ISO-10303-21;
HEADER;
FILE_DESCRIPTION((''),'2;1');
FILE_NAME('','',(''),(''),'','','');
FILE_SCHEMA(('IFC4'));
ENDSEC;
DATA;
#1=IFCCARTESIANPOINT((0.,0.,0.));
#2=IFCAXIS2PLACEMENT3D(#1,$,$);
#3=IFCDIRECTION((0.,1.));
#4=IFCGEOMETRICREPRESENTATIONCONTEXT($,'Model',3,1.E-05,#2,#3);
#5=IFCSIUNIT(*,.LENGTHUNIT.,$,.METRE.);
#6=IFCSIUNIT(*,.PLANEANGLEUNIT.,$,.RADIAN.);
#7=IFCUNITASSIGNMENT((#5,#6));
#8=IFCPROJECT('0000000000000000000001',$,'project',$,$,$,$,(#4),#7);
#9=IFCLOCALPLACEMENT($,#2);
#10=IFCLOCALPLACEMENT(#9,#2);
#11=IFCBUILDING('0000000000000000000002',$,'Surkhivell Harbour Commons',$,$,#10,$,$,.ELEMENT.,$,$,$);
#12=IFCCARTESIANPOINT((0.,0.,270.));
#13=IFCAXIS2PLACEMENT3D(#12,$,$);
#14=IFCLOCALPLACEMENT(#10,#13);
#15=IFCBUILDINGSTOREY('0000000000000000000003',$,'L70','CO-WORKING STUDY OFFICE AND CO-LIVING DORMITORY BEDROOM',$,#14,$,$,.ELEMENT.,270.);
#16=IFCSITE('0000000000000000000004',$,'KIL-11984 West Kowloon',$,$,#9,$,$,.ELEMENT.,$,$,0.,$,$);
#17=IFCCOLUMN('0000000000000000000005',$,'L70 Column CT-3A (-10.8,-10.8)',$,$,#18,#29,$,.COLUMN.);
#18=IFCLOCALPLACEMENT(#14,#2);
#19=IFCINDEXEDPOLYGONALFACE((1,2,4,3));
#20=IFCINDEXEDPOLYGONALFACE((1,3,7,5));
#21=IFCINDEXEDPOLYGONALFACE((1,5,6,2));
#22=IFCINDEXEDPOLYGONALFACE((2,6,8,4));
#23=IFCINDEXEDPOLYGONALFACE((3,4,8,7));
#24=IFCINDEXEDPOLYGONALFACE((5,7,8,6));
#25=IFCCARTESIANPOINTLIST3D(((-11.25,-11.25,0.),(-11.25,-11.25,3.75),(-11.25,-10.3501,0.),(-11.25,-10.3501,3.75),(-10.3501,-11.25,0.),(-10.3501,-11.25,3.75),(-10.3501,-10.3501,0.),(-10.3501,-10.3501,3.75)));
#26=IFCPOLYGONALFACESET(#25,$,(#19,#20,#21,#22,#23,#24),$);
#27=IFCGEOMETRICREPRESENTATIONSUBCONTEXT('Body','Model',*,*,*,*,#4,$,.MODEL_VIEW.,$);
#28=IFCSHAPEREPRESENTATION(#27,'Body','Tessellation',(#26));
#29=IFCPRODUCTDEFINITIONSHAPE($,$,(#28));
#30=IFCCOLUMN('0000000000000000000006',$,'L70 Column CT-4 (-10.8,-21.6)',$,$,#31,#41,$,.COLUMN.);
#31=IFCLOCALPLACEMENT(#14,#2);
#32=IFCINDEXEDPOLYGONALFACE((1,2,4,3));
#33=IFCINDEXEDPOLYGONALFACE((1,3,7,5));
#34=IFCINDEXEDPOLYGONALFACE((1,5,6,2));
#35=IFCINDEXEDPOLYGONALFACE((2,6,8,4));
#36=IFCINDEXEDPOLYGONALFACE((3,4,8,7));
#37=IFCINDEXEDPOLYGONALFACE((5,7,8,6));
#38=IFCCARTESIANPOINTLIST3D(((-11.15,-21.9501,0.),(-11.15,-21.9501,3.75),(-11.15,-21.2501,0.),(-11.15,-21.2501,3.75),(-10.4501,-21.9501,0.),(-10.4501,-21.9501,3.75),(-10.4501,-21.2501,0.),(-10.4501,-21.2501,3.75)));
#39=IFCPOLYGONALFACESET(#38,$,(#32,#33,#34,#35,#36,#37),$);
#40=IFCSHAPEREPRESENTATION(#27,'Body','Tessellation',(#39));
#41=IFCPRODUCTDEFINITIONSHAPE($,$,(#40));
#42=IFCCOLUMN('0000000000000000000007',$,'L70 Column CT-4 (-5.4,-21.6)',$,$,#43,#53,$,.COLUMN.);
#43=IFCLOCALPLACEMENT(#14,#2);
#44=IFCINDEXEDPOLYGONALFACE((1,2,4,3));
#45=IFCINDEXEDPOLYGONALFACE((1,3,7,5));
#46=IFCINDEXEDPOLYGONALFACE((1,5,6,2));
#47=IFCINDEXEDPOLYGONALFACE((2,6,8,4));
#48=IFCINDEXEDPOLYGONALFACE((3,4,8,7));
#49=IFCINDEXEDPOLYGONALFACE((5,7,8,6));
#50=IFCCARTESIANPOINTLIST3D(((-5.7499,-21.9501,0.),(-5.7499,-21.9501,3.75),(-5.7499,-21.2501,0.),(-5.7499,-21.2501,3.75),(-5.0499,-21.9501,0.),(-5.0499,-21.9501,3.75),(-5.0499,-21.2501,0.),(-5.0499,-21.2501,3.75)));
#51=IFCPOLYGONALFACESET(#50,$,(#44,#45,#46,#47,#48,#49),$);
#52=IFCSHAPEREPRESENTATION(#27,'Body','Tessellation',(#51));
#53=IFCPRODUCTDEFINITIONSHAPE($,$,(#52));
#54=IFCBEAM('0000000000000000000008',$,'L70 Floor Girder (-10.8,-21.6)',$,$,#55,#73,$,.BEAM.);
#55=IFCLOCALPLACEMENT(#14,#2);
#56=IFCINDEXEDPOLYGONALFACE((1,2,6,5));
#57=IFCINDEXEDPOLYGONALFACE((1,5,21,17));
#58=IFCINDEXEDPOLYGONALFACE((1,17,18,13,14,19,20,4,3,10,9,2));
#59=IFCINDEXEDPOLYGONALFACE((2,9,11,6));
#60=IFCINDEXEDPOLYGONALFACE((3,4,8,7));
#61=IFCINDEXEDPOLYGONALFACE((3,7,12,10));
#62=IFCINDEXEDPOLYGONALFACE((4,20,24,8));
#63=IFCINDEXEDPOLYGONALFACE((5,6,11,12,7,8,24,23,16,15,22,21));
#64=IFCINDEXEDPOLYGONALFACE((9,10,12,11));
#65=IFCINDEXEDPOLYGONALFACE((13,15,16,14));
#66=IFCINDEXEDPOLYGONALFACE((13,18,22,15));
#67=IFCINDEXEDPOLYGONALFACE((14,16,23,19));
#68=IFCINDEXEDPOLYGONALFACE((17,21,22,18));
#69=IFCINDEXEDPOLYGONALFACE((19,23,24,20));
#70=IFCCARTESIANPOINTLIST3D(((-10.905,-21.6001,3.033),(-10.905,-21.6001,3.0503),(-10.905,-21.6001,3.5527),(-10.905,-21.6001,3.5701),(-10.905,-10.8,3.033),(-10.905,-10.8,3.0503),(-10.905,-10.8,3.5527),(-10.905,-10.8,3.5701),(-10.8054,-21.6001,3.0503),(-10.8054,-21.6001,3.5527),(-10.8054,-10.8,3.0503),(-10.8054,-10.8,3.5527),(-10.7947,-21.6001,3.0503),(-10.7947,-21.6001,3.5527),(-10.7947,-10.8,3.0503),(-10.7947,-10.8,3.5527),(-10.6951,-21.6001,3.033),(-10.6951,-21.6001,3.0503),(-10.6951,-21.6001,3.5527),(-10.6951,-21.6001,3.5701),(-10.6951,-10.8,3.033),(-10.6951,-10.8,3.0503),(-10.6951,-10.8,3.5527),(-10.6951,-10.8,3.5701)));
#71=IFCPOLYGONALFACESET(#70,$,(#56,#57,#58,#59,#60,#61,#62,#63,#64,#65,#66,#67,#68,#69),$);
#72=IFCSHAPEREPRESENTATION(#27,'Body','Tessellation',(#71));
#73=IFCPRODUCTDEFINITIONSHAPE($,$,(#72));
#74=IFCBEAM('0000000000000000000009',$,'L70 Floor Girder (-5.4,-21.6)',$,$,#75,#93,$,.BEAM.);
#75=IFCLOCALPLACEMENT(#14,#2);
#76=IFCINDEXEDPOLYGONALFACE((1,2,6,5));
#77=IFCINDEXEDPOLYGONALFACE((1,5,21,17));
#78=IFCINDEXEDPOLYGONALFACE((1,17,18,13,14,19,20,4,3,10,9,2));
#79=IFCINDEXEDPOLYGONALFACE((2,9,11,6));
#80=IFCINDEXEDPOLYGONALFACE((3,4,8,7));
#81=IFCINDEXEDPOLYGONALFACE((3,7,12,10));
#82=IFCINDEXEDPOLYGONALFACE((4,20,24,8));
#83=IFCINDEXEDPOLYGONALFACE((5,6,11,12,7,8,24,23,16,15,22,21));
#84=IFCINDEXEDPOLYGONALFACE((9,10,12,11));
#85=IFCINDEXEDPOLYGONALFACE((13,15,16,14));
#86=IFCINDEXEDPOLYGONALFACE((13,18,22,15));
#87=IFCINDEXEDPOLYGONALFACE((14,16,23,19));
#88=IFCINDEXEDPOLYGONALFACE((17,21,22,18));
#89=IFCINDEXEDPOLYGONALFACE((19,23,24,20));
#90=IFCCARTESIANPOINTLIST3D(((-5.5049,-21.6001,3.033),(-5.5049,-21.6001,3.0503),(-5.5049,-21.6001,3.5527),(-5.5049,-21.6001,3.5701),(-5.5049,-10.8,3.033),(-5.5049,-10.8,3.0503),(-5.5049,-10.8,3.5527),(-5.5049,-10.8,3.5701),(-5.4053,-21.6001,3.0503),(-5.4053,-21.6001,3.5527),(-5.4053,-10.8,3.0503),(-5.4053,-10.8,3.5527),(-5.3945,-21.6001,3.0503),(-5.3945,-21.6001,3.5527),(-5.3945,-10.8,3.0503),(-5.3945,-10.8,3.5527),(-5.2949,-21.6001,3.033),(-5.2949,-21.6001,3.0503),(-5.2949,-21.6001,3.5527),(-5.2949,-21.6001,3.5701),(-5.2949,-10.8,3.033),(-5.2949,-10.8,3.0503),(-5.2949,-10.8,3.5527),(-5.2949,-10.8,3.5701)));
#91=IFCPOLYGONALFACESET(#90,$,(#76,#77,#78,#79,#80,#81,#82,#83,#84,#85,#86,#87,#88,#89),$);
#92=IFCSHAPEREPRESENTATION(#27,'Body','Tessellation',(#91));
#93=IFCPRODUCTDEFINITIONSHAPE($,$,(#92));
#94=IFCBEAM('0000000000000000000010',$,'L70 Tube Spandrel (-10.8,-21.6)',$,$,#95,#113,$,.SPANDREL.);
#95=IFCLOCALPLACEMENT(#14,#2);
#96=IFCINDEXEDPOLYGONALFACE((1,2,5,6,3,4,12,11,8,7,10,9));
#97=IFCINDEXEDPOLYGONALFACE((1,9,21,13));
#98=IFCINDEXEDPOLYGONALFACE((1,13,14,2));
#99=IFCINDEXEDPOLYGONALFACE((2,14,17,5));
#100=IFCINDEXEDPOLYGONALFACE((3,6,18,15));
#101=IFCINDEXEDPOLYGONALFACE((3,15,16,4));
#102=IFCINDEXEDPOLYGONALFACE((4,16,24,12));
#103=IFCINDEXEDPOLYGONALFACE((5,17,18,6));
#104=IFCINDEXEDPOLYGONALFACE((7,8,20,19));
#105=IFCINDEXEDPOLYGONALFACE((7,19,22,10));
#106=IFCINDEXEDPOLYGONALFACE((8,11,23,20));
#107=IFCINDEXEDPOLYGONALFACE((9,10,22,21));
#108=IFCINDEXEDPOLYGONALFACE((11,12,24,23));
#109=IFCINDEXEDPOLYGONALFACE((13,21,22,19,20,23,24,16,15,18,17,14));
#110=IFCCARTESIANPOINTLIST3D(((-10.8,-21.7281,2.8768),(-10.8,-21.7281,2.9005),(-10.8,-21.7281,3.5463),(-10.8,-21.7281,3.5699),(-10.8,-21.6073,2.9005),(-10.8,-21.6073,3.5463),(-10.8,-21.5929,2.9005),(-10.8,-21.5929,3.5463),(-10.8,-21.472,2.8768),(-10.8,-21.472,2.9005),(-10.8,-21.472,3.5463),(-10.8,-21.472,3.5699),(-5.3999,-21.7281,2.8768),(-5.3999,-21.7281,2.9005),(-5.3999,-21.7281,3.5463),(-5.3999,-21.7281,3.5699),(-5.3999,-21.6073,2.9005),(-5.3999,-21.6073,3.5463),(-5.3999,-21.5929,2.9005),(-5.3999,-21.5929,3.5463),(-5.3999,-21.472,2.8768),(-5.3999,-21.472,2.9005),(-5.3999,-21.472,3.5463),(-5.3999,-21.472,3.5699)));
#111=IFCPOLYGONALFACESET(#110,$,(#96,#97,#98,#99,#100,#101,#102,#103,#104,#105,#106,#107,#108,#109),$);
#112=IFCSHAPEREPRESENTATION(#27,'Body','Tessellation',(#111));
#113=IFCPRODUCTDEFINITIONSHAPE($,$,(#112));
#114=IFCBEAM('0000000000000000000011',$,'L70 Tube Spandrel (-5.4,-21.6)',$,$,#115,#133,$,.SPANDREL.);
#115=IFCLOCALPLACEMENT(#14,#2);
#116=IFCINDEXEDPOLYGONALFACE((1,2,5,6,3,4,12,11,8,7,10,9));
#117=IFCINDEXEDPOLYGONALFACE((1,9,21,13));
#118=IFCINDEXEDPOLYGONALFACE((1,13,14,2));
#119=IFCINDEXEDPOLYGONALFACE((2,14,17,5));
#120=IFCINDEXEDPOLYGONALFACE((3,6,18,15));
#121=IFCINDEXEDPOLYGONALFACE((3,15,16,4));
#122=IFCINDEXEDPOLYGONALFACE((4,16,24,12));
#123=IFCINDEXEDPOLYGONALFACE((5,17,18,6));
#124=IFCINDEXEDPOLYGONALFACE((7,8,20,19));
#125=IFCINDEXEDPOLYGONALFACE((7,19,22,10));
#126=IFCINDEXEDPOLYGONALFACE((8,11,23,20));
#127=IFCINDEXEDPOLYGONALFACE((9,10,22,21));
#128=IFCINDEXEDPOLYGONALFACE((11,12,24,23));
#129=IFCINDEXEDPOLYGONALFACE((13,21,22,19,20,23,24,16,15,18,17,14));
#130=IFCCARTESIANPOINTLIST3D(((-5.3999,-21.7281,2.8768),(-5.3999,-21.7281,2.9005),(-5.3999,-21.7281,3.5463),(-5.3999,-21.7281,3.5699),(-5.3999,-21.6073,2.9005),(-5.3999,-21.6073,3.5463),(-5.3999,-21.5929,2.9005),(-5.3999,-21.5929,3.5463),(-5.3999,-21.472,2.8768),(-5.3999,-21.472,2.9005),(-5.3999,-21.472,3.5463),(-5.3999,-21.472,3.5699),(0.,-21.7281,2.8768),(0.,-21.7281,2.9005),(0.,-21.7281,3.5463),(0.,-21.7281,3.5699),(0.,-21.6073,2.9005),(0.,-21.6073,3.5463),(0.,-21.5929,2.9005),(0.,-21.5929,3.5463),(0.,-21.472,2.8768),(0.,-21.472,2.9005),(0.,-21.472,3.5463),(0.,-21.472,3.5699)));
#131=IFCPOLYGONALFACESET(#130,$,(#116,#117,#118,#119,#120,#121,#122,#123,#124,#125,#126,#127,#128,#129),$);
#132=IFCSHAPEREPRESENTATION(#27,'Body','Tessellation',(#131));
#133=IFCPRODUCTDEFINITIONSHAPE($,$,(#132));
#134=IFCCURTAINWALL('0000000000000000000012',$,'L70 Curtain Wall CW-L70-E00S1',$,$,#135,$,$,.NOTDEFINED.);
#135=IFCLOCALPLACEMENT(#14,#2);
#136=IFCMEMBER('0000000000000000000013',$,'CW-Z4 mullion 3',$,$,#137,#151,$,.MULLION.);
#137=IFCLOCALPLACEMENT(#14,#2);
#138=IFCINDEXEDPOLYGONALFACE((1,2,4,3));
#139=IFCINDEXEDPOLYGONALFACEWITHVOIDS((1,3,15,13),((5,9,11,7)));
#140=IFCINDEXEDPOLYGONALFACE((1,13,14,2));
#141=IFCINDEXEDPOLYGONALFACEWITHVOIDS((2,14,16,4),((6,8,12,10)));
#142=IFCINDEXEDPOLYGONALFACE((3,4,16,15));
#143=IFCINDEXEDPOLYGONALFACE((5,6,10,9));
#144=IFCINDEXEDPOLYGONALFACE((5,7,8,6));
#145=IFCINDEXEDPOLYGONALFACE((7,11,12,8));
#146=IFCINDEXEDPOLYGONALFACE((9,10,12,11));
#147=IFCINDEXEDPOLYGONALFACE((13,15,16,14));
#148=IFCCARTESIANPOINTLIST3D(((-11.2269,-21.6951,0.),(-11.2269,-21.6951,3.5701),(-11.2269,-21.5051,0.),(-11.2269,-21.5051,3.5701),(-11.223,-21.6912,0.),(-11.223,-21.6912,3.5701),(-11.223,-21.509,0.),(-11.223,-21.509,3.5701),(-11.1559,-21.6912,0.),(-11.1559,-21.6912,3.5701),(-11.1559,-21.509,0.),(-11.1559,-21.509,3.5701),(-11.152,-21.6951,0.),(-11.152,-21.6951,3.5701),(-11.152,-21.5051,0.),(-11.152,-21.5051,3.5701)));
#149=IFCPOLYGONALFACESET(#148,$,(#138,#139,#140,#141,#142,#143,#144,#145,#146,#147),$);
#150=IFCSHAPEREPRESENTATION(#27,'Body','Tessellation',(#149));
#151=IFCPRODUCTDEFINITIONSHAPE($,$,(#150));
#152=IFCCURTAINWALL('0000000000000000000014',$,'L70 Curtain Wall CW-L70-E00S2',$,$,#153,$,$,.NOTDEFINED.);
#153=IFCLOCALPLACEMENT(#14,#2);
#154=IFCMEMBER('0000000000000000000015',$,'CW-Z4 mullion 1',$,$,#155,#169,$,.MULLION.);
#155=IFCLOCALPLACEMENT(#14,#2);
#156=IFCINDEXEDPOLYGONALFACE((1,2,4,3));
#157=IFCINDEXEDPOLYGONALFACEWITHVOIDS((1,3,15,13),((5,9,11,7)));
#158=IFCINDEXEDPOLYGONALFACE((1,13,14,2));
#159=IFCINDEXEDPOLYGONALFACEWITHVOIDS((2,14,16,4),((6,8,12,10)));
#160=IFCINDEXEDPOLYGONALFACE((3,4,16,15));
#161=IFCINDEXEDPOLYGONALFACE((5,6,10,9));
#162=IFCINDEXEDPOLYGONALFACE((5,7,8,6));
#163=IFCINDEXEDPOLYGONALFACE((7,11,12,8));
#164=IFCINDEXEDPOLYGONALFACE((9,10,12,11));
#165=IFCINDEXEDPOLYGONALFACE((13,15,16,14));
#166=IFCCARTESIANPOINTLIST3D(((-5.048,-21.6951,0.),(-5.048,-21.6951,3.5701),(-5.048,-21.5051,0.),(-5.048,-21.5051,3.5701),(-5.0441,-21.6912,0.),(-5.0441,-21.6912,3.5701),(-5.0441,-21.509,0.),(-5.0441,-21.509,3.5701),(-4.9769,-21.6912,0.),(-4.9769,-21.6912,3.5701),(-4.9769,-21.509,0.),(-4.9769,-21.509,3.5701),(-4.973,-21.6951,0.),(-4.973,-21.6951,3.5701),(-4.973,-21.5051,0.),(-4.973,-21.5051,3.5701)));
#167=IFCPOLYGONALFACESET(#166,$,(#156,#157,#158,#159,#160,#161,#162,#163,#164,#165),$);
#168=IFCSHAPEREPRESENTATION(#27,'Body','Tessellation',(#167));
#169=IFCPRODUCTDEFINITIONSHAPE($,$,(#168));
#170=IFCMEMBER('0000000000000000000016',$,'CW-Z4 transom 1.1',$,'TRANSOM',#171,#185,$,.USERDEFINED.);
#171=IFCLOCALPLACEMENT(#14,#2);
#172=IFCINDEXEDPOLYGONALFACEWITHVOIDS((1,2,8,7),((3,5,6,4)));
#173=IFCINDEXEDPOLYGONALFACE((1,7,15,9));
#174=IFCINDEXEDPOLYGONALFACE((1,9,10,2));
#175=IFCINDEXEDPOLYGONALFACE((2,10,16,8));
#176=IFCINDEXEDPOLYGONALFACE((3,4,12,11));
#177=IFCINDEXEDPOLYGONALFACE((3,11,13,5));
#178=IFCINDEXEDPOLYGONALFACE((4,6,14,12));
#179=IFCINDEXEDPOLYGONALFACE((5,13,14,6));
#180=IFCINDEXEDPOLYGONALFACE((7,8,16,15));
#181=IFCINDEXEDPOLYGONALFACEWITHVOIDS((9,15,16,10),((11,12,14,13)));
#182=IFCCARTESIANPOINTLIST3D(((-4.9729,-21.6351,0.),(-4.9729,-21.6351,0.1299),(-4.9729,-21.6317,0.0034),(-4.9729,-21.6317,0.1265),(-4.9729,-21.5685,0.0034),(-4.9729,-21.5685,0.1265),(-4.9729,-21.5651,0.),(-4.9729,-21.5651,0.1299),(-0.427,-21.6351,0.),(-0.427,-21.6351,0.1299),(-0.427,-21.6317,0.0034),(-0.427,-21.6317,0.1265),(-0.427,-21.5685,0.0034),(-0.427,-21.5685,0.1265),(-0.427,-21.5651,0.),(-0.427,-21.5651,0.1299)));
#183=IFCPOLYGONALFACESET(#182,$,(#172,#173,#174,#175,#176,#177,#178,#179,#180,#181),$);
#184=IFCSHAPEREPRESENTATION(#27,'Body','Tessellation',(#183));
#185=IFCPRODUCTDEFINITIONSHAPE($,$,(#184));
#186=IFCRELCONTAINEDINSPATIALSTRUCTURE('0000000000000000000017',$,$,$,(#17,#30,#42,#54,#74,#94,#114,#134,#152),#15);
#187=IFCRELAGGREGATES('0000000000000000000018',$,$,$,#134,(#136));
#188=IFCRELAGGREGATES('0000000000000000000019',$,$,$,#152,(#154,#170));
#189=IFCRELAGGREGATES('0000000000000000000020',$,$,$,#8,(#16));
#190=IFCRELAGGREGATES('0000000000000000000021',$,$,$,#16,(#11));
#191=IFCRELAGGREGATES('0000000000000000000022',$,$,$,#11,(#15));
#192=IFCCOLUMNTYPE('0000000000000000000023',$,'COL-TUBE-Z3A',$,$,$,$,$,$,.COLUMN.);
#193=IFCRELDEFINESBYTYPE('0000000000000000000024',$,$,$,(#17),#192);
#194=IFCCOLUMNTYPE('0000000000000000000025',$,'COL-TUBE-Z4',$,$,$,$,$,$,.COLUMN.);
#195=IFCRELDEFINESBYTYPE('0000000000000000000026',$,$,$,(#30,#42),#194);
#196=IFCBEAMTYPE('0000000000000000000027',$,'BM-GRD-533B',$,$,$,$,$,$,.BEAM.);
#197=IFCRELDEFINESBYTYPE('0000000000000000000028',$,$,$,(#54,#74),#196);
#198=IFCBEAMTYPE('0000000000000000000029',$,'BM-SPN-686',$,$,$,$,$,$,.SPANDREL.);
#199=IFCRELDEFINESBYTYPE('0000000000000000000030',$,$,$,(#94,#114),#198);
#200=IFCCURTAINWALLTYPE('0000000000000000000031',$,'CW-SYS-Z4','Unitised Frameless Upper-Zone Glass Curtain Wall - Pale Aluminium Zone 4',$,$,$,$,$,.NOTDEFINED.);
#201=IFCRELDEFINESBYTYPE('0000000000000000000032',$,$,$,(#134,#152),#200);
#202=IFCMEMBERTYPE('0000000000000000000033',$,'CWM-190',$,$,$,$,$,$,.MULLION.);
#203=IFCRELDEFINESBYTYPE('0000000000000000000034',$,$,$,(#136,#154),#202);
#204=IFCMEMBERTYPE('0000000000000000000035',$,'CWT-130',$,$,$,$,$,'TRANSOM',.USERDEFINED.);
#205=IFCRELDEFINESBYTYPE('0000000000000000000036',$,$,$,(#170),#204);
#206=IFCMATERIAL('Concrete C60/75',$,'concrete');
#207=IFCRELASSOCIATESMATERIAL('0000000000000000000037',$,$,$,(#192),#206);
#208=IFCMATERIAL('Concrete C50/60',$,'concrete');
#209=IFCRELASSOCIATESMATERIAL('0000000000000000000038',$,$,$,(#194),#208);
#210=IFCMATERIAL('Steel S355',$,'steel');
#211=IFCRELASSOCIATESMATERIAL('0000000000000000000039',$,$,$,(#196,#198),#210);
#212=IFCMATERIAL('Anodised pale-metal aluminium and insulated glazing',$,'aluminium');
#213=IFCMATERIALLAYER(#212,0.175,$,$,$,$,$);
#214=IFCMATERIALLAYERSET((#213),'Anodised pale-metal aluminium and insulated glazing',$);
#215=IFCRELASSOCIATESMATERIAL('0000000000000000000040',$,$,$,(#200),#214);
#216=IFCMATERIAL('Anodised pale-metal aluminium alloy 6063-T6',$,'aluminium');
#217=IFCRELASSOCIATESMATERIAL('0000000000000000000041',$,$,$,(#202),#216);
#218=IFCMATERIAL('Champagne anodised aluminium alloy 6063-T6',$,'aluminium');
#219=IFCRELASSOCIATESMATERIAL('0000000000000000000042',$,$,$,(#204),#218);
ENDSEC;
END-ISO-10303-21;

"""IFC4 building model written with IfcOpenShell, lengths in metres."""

from ifc_helpers import new_model, si_unit, direction, frame, origin, origin_2d, place, context, subcontext, project, spatial, rectangle, hollow_rectangle, i_section, extrude, material, layer, layer_set, material_profile, profile_set, type_object, element, aggregate, save


model = new_model("IFC4")

# Units and contexts
model_context = context("Model", 3, precision=1e-05, world=origin(), true_north=direction((0.0, 1.0)))
body_context = subcontext(model_context, "Body", "Model", "MODEL_VIEW")
ifc_project = project(units=[si_unit("LENGTHUNIT", "METRE"), si_unit("PLANEANGLEUNIT", "RADIAN")], contexts=[model_context])

# Site, building, storey
site_placement = place(None, origin())
site = spatial("IfcSite", under=ifc_project, at=site_placement, Name="KIL-11984 West Kowloon", CompositionType="ELEMENT", RefElevation=0.0)
building_placement = place(site_placement, origin())
building = spatial("IfcBuilding", under=site, at=building_placement, Name="Surkhivell Harbour Commons", CompositionType="ELEMENT")
storey_placement = place(building_placement, frame((0.0, 0.0, 270.0)))
storey = spatial("IfcBuildingStorey", under=building, at=storey_placement, Name="L70", Description="CO-WORKING STUDY OFFICE AND CO-LIVING DORMITORY BEDROOM", CompositionType="ELEMENT", Elevation=270.0)

# Columns
ifc_material_1 = material(Name="Concrete C60/75", Category="concrete")
ifc_material_profile_1 = material_profile(ifc_material_1, rectangle(XDim=0.8999, YDim=0.8999, at=origin_2d()), Name="RC-COL-900x900")
ifc_profile_set_1 = profile_set([ifc_material_profile_1], Name="Concrete C60/75")
column_type_1 = type_object("IfcColumnType", Name="COL-TUBE-Z3A", PredefinedType="COLUMN", material=ifc_profile_set_1)
column_placement = place(storey_placement, frame((-10.8, -10.8, 0.0), z_axis=(0.0, 0.0, 1.0), x_axis=(1.0, 0.0, 0.0)))
element("IfcColumn", 1, at=column_placement, inside=storey, type_object=column_type_1, Name="L70 Column CT-3A (-10.8,-10.8)", PredefinedType="COLUMN", context=body_context, shape_type="SweptSolid", body=[
    extrude(rectangle(XDim=0.8999, YDim=0.8999, at=origin_2d()), origin(), (0.0, 0.0, 1.0), 3.75),
])
ifc_material_2 = material(Name="Concrete C50/60", Category="concrete")
ifc_material_profile_2 = material_profile(ifc_material_2, rectangle(XDim=0.7, YDim=0.7, at=origin_2d()), Name="RC-COL-700x700")
ifc_profile_set_2 = profile_set([ifc_material_profile_2], Name="Concrete C50/60")
column_type_2 = type_object("IfcColumnType", Name="COL-TUBE-Z4", PredefinedType="COLUMN", material=ifc_profile_set_2)
for number, where, z_axis, x_axis, name in (
    (2, (-10.8, -21.6001, 0.0), (0.0, 0.0, 1.0), (1.0, 0.0, 0.0), "L70 Column CT-4 (-10.8,-21.6)"),
    (3, (-5.3999, -21.6001, 0.0), (0.0, 0.0, 1.0), (1.0, 0.0, 0.0), "L70 Column CT-4 (-5.4,-21.6)"),
):
    element("IfcColumn", number, at=place(storey_placement, frame(where, z_axis=z_axis, x_axis=x_axis)), inside=storey, type_object=column_type_2, Name=name, PredefinedType="COLUMN", context=body_context, shape_type="SweptSolid", body=[
        extrude(rectangle(XDim=0.7, YDim=0.7, at=origin_2d()), origin(), (0.0, 0.0, 1.0), 3.75),
    ])

# Beams
ifc_material_3 = material(Name="Steel S355", Category="steel")
ifc_material_profile_3 = material_profile(ifc_material_3, i_section(OverallWidth=0.21, OverallDepth=0.5371, WebThickness=0.0107, FlangeThickness=0.0173, at=origin_2d()), Name="UB533x210x101")
ifc_profile_set_3 = profile_set([ifc_material_profile_3], Name="Steel S355")
beam_type_1 = type_object("IfcBeamType", Name="BM-GRD-533B", PredefinedType="BEAM", material=ifc_profile_set_3)
for number, where, z_axis, x_axis, name in (
    (4, (-10.8, -21.6001, 3.3015), (0.0, 1.0, 0.0), (-1.0, 0.0, 0.0), "L70 Floor Girder (-10.8,-21.6)"),
    (5, (-5.3999, -21.6001, 3.3015), (0.0, 1.0, 0.0), (-1.0, 0.0, 0.0), "L70 Floor Girder (-5.4,-21.6)"),
):
    element("IfcBeam", number, at=place(storey_placement, frame(where, z_axis=z_axis, x_axis=x_axis)), inside=storey, type_object=beam_type_1, Name=name, PredefinedType="BEAM", context=body_context, shape_type="SweptSolid", body=[
        extrude(i_section(OverallWidth=0.21, OverallDepth=0.5371, WebThickness=0.0107, FlangeThickness=0.0173, at=origin_2d()), origin(), (0.0, 0.0, 1.0), 10.8),
    ])
ifc_material_profile_4 = material_profile(ifc_material_3, i_section(OverallWidth=0.2561, OverallDepth=0.6931, WebThickness=0.0144, FlangeThickness=0.0237, at=origin_2d()), Name="UB686x254x170")
ifc_profile_set_4 = profile_set([ifc_material_profile_4], Name="Steel S355")
beam_type_2 = type_object("IfcBeamType", Name="BM-SPN-686", PredefinedType="SPANDREL", material=ifc_profile_set_4)
beam_1_placement = place(storey_placement, frame((-10.8, -21.6001, 3.2234), z_axis=(1.0, 0.0, 0.0), x_axis=(0.0, 1.0, 0.0)))
element("IfcBeam", 6, at=beam_1_placement, inside=storey, type_object=beam_type_2, Name="L70 Tube Spandrel (-10.8,-21.6)", PredefinedType="SPANDREL", context=body_context, shape_type="SweptSolid", body=[
    extrude(i_section(OverallWidth=0.2561, OverallDepth=0.6931, WebThickness=0.0144, FlangeThickness=0.0237, at=origin_2d()), origin(), (0.0, 0.0, 1.0), 5.4001),
])
beam_2_placement = place(storey_placement, frame((-5.3999, -21.6001, 3.2234), z_axis=(1.0, 0.0, 0.0), x_axis=(0.0, 1.0, 0.0)))
element("IfcBeam", 7, at=beam_2_placement, inside=storey, type_object=beam_type_2, Name="L70 Tube Spandrel (-5.4,-21.6)", PredefinedType="SPANDREL", context=body_context, shape_type="SweptSolid", body=[
    extrude(i_section(OverallWidth=0.2561, OverallDepth=0.6931, WebThickness=0.0144, FlangeThickness=0.0237, at=origin_2d()), origin(), (0.0, 0.0, 1.0), 5.3999),
])

# Curtain wall, member
ifc_material_4 = material(Name="Anodised pale-metal aluminium and insulated glazing", Category="aluminium")
ifc_layer_1 = layer(ifc_material_4, 0.175)
ifc_layer_set_1 = layer_set([ifc_layer_1], Name="Anodised pale-metal aluminium and insulated glazing")
curtain_wall_type = type_object("IfcCurtainWallType", Name="CW-SYS-Z4", Description="Unitised Frameless Upper-Zone Glass Curtain Wall - Pale Aluminium Zone 4", PredefinedType="NOTDEFINED", material=ifc_layer_set_1)
curtain_wall_1_placement = place(storey_placement, origin())
curtain_wall_1 = element("IfcCurtainWall", 8, at=curtain_wall_1_placement, inside=storey, type_object=curtain_wall_type, Name="L70 Curtain Wall CW-L70-E00S1", PredefinedType="NOTDEFINED")
ifc_material_5 = material(Name="Anodised pale-metal aluminium alloy 6063-T6", Category="aluminium")
ifc_material_profile_5 = material_profile(ifc_material_5, hollow_rectangle(XDim=0.075, YDim=0.1899, WallThickness=0.0039, at=origin_2d()), Name="ALU-MULL-75x190")
ifc_profile_set_5 = profile_set([ifc_material_profile_5], Name="Anodised pale-metal aluminium alloy 6063-T6")
member_type_1 = type_object("IfcMemberType", Name="CWM-190", PredefinedType="MULLION", material=ifc_profile_set_5)
member_1_placement = place(storey_placement, frame((-11.1895, -21.6001, 0.0), z_axis=(0.0, 0.0, 1.0), x_axis=(1.0, 0.0, 0.0)))
member_1 = element("IfcMember", 9, at=member_1_placement, type_object=member_type_1, Name="CW-Z4 mullion 3", PredefinedType="MULLION", context=body_context, shape_type="SweptSolid", body=[
    extrude(hollow_rectangle(XDim=0.075, YDim=0.1899, WallThickness=0.0039, at=origin_2d()), origin(), (0.0, 0.0, 1.0), 3.5701),
])

# Curtain wall, members
curtain_wall_2_placement = place(storey_placement, origin())
curtain_wall_2 = element("IfcCurtainWall", 10, at=curtain_wall_2_placement, inside=storey, type_object=curtain_wall_type, Name="L70 Curtain Wall CW-L70-E00S2", PredefinedType="NOTDEFINED")
member_2_placement = place(storey_placement, frame((-5.0105, -21.6001, 0.0), z_axis=(0.0, 0.0, 1.0), x_axis=(1.0, 0.0, 0.0)))
member_2 = element("IfcMember", 11, at=member_2_placement, type_object=member_type_1, Name="CW-Z4 mullion 1", PredefinedType="MULLION", context=body_context, shape_type="SweptSolid", body=[
    extrude(hollow_rectangle(XDim=0.075, YDim=0.1899, WallThickness=0.0039, at=origin_2d()), origin(), (0.0, 0.0, 1.0), 3.5701),
])
ifc_material_6 = material(Name="Champagne anodised aluminium alloy 6063-T6", Category="aluminium")
ifc_material_profile_6 = material_profile(ifc_material_6, hollow_rectangle(XDim=0.0701, YDim=0.1299, WallThickness=0.0034, at=origin_2d()), Name="ALU-TRAN-70x130")
ifc_profile_set_6 = profile_set([ifc_material_profile_6], Name="Champagne anodised aluminium alloy 6063-T6")
member_type_2 = type_object("IfcMemberType", Name="CWT-130", ElementType="TRANSOM", PredefinedType="USERDEFINED", material=ifc_profile_set_6)
member_3_placement = place(storey_placement, frame((-4.9729, -21.6001, 0.0649), z_axis=(1.0, 0.0, 0.0), x_axis=(0.0, 1.0, 0.0)))
member_3 = element("IfcMember", 12, at=member_3_placement, type_object=member_type_2, Name="CW-Z4 transom 1.1", ObjectType="TRANSOM", PredefinedType="USERDEFINED", context=body_context, shape_type="SweptSolid", body=[
    extrude(hollow_rectangle(XDim=0.0701, YDim=0.1299, WallThickness=0.0034, at=origin_2d()), origin(), (0.0, 0.0, 1.0), 4.5459),
])

aggregate(curtain_wall_1, [member_1])
aggregate(curtain_wall_2, [member_2, member_3])

save(model, "model.ifc")
